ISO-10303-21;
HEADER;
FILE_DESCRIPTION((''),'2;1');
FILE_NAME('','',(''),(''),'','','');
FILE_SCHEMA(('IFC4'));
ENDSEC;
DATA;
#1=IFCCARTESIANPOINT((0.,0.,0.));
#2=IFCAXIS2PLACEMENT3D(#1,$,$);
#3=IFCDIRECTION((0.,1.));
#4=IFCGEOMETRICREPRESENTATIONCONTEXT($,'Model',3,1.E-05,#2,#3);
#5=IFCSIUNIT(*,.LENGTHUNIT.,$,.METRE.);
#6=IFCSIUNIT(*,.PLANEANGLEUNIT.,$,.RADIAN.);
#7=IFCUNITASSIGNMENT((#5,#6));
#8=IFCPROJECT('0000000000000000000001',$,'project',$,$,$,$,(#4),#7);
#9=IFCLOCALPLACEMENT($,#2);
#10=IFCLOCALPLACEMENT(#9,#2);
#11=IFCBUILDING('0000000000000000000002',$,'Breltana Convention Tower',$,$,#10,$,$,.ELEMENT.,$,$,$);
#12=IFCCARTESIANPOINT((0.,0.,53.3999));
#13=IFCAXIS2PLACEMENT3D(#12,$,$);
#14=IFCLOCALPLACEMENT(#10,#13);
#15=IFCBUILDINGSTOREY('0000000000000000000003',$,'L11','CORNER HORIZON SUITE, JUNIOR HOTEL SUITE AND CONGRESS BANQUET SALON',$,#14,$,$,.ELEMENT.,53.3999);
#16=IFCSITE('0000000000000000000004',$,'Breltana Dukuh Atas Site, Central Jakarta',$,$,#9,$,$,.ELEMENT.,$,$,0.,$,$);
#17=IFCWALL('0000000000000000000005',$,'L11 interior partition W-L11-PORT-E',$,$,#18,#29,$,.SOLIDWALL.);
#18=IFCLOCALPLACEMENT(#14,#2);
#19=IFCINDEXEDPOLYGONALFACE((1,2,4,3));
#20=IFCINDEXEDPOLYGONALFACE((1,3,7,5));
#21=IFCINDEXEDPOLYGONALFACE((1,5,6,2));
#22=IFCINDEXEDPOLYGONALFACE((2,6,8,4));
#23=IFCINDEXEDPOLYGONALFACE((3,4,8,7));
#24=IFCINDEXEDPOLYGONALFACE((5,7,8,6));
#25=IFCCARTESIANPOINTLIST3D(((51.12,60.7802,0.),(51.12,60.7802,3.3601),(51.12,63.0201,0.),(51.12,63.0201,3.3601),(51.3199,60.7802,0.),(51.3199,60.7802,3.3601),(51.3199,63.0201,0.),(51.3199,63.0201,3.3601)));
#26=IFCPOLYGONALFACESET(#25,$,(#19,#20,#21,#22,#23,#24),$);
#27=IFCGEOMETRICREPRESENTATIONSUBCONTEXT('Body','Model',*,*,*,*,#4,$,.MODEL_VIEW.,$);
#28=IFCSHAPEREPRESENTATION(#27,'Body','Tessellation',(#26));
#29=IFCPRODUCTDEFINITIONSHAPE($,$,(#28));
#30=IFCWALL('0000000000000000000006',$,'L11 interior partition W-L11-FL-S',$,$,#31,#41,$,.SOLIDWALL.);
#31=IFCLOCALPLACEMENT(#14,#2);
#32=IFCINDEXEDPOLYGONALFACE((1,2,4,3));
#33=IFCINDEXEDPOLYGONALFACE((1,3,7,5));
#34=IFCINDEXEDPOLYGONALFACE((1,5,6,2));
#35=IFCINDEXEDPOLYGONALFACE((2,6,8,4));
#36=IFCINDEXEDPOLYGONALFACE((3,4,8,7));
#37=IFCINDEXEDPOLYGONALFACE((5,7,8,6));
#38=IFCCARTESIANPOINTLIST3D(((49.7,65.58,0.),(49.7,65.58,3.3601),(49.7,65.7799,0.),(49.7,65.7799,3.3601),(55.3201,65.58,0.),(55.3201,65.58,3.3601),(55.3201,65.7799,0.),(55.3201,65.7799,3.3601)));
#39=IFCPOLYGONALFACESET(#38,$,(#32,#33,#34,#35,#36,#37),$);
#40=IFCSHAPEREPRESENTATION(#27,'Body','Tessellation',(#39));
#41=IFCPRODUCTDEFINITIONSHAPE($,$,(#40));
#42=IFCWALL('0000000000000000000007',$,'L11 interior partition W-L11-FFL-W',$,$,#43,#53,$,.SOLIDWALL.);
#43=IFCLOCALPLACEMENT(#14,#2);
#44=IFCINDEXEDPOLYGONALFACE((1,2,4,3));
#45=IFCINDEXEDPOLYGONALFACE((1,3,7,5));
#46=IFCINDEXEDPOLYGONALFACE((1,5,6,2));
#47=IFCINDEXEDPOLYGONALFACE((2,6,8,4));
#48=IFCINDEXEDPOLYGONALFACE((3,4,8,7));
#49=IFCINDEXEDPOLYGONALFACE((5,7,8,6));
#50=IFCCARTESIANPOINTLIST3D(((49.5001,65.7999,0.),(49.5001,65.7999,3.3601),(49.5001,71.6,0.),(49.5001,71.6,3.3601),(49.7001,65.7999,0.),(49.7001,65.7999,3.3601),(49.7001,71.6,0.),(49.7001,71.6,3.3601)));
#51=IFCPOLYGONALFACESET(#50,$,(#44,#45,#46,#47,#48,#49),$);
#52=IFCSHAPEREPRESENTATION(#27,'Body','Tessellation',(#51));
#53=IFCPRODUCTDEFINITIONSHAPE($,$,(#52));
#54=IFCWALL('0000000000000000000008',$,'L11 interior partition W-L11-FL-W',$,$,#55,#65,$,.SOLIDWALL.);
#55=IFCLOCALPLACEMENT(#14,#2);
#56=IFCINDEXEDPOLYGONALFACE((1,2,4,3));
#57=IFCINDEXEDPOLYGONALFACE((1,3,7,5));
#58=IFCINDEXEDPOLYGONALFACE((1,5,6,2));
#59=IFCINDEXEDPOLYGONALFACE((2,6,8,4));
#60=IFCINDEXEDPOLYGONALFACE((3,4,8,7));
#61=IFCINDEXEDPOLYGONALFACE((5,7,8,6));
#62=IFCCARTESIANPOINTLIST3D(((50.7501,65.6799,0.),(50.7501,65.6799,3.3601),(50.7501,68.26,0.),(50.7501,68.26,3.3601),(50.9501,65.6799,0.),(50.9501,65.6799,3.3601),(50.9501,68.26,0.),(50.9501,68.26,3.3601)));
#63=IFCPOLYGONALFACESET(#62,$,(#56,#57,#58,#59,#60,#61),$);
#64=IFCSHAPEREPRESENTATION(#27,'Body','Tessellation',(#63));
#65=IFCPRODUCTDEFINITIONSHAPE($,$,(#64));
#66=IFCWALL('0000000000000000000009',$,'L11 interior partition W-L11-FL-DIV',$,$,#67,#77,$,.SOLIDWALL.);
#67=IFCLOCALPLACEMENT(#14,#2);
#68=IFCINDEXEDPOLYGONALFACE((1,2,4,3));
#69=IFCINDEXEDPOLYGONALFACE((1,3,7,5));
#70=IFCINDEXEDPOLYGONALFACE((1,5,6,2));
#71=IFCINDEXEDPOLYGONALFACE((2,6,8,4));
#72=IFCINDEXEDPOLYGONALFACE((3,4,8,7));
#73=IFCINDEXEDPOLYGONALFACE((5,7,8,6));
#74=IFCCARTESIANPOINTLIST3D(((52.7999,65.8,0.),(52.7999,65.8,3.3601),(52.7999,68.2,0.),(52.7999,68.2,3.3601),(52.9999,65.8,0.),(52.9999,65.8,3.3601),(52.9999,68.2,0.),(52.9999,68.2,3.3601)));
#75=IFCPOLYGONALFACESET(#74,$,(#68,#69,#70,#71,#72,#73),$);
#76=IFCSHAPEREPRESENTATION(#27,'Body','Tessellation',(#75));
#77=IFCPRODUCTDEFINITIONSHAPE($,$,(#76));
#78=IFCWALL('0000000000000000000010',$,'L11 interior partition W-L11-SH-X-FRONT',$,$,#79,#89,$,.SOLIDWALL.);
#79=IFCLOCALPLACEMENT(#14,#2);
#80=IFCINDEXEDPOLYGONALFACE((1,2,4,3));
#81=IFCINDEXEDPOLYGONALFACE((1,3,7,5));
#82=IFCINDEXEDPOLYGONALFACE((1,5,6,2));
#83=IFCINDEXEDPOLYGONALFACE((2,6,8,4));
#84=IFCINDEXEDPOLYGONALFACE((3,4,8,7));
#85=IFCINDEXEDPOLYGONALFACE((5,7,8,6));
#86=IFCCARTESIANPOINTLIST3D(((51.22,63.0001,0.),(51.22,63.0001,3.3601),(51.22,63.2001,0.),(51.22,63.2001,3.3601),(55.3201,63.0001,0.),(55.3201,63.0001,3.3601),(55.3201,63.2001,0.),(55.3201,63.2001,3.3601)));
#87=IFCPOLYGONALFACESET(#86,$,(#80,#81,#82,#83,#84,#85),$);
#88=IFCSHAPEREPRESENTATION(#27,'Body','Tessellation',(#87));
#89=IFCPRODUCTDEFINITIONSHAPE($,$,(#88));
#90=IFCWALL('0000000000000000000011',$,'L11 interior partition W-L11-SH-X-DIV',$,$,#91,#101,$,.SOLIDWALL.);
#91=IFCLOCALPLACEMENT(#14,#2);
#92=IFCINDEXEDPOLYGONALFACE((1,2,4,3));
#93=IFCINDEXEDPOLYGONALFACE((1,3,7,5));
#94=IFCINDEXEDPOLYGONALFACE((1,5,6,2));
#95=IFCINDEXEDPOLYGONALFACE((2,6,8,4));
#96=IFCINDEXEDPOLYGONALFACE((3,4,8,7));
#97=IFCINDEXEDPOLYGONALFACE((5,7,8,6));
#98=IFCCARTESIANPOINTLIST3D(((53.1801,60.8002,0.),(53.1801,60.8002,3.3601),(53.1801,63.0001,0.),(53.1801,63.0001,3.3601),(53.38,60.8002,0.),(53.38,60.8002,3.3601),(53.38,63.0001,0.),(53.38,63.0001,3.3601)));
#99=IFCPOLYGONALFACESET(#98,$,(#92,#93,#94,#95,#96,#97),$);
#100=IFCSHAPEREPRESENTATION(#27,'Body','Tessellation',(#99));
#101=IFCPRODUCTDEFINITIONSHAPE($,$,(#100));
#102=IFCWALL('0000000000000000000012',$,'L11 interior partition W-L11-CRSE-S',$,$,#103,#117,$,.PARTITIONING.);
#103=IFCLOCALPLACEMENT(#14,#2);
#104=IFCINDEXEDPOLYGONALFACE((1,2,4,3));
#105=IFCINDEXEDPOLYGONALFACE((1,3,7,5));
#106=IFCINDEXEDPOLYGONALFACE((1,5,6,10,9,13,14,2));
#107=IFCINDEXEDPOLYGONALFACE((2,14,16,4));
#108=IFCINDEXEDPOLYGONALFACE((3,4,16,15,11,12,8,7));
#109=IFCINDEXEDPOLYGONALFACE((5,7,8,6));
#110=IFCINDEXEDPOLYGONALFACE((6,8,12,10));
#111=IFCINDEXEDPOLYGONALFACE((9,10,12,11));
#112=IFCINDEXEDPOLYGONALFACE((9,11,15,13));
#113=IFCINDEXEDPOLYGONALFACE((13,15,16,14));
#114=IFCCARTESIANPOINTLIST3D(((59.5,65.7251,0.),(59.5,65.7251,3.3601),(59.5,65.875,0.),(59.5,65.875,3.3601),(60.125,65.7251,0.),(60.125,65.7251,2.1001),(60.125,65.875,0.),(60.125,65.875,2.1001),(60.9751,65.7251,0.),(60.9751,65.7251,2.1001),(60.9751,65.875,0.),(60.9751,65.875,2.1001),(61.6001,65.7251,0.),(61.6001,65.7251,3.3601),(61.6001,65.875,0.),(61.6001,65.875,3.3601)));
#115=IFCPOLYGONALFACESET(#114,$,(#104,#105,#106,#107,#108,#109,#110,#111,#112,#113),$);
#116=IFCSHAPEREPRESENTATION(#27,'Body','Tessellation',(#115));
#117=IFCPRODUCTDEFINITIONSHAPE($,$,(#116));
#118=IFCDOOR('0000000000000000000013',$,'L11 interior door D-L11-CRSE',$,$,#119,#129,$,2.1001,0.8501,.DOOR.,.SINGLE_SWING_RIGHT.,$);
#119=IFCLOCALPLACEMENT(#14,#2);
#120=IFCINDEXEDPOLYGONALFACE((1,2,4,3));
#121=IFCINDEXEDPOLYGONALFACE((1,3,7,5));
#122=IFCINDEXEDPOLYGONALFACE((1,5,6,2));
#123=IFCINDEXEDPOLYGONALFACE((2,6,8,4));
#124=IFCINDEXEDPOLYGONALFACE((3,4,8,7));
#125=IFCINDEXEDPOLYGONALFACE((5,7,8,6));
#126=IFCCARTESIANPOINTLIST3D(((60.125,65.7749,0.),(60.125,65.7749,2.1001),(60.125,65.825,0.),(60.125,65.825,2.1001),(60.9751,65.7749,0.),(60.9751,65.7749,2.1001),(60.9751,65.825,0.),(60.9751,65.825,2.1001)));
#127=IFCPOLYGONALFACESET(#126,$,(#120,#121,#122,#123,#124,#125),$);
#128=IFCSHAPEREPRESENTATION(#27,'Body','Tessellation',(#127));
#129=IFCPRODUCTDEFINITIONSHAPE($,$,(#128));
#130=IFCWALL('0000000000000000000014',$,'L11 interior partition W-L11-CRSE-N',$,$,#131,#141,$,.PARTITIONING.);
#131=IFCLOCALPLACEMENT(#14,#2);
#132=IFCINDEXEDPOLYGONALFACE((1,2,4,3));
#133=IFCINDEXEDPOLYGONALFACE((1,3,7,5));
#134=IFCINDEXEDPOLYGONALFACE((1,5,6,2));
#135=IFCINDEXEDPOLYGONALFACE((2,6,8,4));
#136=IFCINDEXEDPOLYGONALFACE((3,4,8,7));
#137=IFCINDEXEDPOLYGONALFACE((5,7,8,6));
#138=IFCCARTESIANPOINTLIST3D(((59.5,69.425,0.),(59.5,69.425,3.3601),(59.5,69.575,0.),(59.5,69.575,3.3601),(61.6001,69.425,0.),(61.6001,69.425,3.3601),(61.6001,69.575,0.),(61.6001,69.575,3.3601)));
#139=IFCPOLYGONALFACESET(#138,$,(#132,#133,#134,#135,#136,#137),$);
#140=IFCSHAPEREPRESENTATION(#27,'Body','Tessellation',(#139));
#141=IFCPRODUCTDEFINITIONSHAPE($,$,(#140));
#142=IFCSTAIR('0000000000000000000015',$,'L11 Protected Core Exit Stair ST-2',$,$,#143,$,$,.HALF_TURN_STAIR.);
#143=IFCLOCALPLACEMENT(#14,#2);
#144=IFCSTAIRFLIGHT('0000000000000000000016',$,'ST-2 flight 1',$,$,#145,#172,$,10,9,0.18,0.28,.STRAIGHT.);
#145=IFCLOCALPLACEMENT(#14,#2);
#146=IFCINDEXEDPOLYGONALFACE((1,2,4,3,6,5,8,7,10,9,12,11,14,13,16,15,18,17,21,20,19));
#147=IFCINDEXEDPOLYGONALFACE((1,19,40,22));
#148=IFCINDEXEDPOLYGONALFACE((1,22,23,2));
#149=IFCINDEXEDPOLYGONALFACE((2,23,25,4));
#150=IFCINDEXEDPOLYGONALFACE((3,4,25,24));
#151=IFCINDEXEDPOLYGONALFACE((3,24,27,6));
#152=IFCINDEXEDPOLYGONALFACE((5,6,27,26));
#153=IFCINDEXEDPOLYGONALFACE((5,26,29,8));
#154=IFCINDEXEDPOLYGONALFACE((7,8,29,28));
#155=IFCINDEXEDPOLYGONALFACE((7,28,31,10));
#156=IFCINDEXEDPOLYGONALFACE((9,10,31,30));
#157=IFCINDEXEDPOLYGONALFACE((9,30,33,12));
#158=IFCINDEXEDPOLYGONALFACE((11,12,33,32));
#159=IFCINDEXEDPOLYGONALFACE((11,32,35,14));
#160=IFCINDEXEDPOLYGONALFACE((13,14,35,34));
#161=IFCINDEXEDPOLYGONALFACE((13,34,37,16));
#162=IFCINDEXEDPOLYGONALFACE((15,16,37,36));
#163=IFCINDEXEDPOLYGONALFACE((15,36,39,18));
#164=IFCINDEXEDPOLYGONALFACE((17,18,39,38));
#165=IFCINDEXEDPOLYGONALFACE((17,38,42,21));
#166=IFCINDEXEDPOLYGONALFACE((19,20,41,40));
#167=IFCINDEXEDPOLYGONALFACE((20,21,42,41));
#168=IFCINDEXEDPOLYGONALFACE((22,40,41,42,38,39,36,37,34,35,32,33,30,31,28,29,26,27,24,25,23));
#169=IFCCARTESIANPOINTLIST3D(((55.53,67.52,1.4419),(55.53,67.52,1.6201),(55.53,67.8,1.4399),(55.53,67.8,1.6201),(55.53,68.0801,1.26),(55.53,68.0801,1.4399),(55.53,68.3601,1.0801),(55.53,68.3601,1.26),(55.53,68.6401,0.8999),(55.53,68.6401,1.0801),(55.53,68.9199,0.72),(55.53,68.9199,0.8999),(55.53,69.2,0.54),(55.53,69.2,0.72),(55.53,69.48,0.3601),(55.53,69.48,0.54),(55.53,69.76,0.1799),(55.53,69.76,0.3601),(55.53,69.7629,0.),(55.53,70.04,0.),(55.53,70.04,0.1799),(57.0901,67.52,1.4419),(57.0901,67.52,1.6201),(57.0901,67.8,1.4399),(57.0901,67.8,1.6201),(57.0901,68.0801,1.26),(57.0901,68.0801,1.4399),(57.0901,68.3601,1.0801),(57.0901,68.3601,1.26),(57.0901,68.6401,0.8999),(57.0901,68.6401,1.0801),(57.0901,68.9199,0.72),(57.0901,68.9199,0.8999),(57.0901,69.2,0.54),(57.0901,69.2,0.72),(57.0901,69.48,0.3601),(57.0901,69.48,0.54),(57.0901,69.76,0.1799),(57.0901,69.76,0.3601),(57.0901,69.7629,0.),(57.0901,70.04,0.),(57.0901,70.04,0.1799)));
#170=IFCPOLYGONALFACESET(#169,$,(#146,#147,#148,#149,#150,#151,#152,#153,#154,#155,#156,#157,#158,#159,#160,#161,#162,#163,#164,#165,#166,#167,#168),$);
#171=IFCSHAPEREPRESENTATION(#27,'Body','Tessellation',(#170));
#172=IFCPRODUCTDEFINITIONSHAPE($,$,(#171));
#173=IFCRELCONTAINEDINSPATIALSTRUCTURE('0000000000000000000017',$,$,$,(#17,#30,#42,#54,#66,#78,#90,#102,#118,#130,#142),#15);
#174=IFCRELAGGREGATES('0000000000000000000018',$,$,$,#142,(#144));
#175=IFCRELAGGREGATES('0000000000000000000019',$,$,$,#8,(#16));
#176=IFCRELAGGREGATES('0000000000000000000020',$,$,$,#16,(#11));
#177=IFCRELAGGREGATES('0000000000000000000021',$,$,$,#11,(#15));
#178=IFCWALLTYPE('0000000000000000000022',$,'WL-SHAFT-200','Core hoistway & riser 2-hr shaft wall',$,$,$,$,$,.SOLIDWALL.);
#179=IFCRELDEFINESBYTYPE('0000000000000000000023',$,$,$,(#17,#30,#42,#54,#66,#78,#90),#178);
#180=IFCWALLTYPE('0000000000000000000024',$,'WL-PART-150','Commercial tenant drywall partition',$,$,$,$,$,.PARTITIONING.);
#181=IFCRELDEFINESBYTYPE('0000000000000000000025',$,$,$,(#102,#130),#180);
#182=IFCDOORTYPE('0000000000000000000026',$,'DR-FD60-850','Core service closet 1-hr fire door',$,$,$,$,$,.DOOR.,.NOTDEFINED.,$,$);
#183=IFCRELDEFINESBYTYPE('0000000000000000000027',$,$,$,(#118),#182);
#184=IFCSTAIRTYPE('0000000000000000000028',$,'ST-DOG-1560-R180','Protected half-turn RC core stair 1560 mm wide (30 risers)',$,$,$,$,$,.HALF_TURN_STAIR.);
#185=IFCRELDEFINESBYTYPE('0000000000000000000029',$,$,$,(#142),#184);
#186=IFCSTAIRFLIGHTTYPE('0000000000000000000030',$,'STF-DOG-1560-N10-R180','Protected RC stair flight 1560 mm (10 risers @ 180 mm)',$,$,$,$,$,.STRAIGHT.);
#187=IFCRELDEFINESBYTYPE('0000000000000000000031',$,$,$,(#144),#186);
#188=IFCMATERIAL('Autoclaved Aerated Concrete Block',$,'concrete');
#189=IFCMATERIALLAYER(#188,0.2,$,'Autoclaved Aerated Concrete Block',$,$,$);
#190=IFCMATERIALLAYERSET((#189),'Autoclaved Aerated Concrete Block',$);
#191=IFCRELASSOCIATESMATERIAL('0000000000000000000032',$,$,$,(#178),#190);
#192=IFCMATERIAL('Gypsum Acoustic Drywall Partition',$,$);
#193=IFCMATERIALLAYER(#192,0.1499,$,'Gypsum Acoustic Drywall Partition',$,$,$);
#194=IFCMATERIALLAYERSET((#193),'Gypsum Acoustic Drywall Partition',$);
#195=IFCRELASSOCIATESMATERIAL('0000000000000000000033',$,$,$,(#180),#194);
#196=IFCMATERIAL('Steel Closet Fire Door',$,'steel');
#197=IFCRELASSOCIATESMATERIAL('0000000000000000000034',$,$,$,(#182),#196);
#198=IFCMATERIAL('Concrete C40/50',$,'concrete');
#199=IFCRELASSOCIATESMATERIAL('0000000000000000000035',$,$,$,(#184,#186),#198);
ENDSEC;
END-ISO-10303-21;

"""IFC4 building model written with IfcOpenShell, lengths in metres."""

from ifc_helpers import new_model, si_unit, direction, frame, frame_2d, origin, place, context, subcontext, project, spatial, polyline, rectangle, outline, extrude, source, transform, mapped, material, layer, layer_set, type_object, type_shapes, element, fill, aggregate, save


model = new_model("IFC4")

# Units and contexts
model_context = context("Model", 3, precision=1e-05, world=origin(), true_north=direction((0.0, 1.0)))
body_context = subcontext(model_context, "Body", "Model", "MODEL_VIEW")
ifc_project = project(units=[si_unit("LENGTHUNIT", "METRE"), si_unit("PLANEANGLEUNIT", "RADIAN")], contexts=[model_context])

# Site, building, storey
site_placement = place(None, origin())
site = spatial("IfcSite", under=ifc_project, at=site_placement, Name="Breltana Dukuh Atas Site, Central Jakarta", CompositionType="ELEMENT", RefElevation=0.0)
building_placement = place(site_placement, origin())
building = spatial("IfcBuilding", under=site, at=building_placement, Name="Breltana Convention Tower", CompositionType="ELEMENT")
storey_placement = place(building_placement, frame((0.0, 0.0, 53.3999)))
storey = spatial("IfcBuildingStorey", under=building, at=storey_placement, Name="L11", Description="CORNER HORIZON SUITE, JUNIOR HOTEL SUITE AND CONGRESS BANQUET SALON", CompositionType="ELEMENT", Elevation=53.3999)

# Wall
ifc_material_1 = material(Name="Autoclaved Aerated Concrete Block", Category="concrete")
ifc_layer_1 = layer(ifc_material_1, 0.2, Name="Autoclaved Aerated Concrete Block")
ifc_layer_set_1 = layer_set([ifc_layer_1], Name="Autoclaved Aerated Concrete Block")
wall_type_1 = type_object("IfcWallType", Name="WL-SHAFT-200", Description="Core hoistway & riser 2-hr shaft wall", PredefinedType="SOLIDWALL", material=ifc_layer_set_1)
shared_shape_1 = source(origin(), body_context, "Body", "SweptSolid", [
    extrude(rectangle(XDim=2.24, YDim=0.2, at=frame_2d((1.1201, 0.0))), origin(), (0.0, 0.0, 1.0), 3.3601),
])
for number, where, z_axis, x_axis, name in (
    (1, (51.22, 60.78, 0.0), (0.0, 0.0, 1.0), (0.0, 1.0, 0.0), "L11 interior partition W-L11-PORT-E"),
):
    element("IfcWall", number, at=place(storey_placement, frame(where, z_axis=z_axis, x_axis=x_axis)), inside=storey, type_object=wall_type_1, Name=name, PredefinedType="SOLIDWALL", context=body_context, shape_type="MappedRepresentation", body=[
        mapped(shared_shape_1, transform((0.0, 0.0, 0.0), scale=1.0)),
    ])

# Shared definitions
shared_shape_2 = source(origin(), body_context, "Body", "SweptSolid", [
    extrude(rectangle(XDim=5.6201, YDim=0.2, at=frame_2d((2.8101, 0.0))), origin(), (0.0, 0.0, 1.0), 3.3601),
])

# Walls
wall_1_placement = place(storey_placement, frame((49.7, 65.6799, 0.0), z_axis=(0.0, 0.0, 1.0), x_axis=(1.0, 0.0, 0.0)))
element("IfcWall", 2, at=wall_1_placement, inside=storey, type_object=wall_type_1, Name="L11 interior partition W-L11-FL-S", PredefinedType="SOLIDWALL", context=body_context, shape_type="MappedRepresentation", body=[
    mapped(shared_shape_2, transform((0.0, 0.0, 0.0), scale=1.0)),
])
shared_shape_3 = source(origin(), body_context, "Body", "SweptSolid", [
    extrude(rectangle(XDim=5.8, YDim=0.2, at=frame_2d((2.8999, 0.0))), origin(), (0.0, 0.0, 1.0), 3.3601),
])
wall_2_placement = place(storey_placement, frame((49.6001, 65.8, 0.0), z_axis=(0.0, 0.0, 1.0), x_axis=(0.0, 1.0, 0.0)))
element("IfcWall", 3, at=wall_2_placement, inside=storey, type_object=wall_type_1, Name="L11 interior partition W-L11-FFL-W", PredefinedType="SOLIDWALL", context=body_context, shape_type="MappedRepresentation", body=[
    mapped(shared_shape_3, transform((0.0, 0.0, 0.0), scale=1.0)),
])
shared_shape_4 = source(origin(), body_context, "Body", "SweptSolid", [
    extrude(rectangle(XDim=2.5801, YDim=0.2, at=frame_2d((1.29, 0.0))), origin(), (0.0, 0.0, 1.0), 3.3601),
])
wall_3_placement = place(storey_placement, frame((50.8501, 65.6799, 0.0), z_axis=(0.0, 0.0, 1.0), x_axis=(0.0, 1.0, 0.0)))
element("IfcWall", 4, at=wall_3_placement, inside=storey, type_object=wall_type_1, Name="L11 interior partition W-L11-FL-W", PredefinedType="SOLIDWALL", context=body_context, shape_type="MappedRepresentation", body=[
    mapped(shared_shape_4, transform((0.0, 0.0, 0.0), scale=1.0)),
])
shared_shape_5 = source(origin(), body_context, "Body", "SweptSolid", [
    extrude(rectangle(XDim=2.3999, YDim=0.2, at=frame_2d((1.2, 0.0))), origin(), (0.0, 0.0, 1.0), 3.3601),
])
wall_4_placement = place(storey_placement, frame((52.8999, 65.8, 0.0), z_axis=(0.0, 0.0, 1.0), x_axis=(0.0, 1.0, 0.0)))
element("IfcWall", 5, at=wall_4_placement, inside=storey, type_object=wall_type_1, Name="L11 interior partition W-L11-FL-DIV", PredefinedType="SOLIDWALL", context=body_context, shape_type="MappedRepresentation", body=[
    mapped(shared_shape_5, transform((0.0, 0.0, 0.0), scale=1.0)),
])
shared_shape_6 = source(origin(), body_context, "Body", "SweptSolid", [
    extrude(rectangle(XDim=4.1001, YDim=0.2, at=frame_2d((2.05, 0.0))), origin(), (0.0, 0.0, 1.0), 3.3601),
])
wall_5_placement = place(storey_placement, frame((51.22, 63.1001, 0.0), z_axis=(0.0, 0.0, 1.0), x_axis=(1.0, 0.0, 0.0)))
element("IfcWall", 6, at=wall_5_placement, inside=storey, type_object=wall_type_1, Name="L11 interior partition W-L11-SH-X-FRONT", PredefinedType="SOLIDWALL", context=body_context, shape_type="MappedRepresentation", body=[
    mapped(shared_shape_6, transform((0.0, 0.0, 0.0), scale=1.0)),
])
shared_shape_7 = source(origin(), body_context, "Body", "SweptSolid", [
    extrude(rectangle(XDim=2.2, YDim=0.2, at=frame_2d((1.1001, 0.0))), origin(), (0.0, 0.0, 1.0), 3.3601),
])
wall_6_placement = place(storey_placement, frame((53.28, 60.8, 0.0), z_axis=(0.0, 0.0, 1.0), x_axis=(0.0, 1.0, 0.0)))
element("IfcWall", 7, at=wall_6_placement, inside=storey, type_object=wall_type_1, Name="L11 interior partition W-L11-SH-X-DIV", PredefinedType="SOLIDWALL", context=body_context, shape_type="MappedRepresentation", body=[
    mapped(shared_shape_7, transform((0.0, 0.0, 0.0), scale=1.0)),
])

# Wall, opening, door
ifc_material_2 = material(Name="Gypsum Acoustic Drywall Partition")
ifc_layer_2 = layer(ifc_material_2, 0.1499, Name="Gypsum Acoustic Drywall Partition")
ifc_layer_set_2 = layer_set([ifc_layer_2], Name="Gypsum Acoustic Drywall Partition")
wall_type_2 = type_object("IfcWallType", Name="WL-PART-150", Description="Commercial tenant drywall partition", PredefinedType="PARTITIONING", material=ifc_layer_set_2)
shared_shape_8 = source(origin(), body_context, "Body", "SweptSolid", [
    extrude(rectangle(XDim=2.1001, YDim=0.1499, at=frame_2d((1.05, 0.0))), origin(), (0.0, 0.0, 1.0), 3.3601),
])
wall_7_placement = place(storey_placement, frame((59.5, 65.8, 0.0), z_axis=(0.0, 0.0, 1.0), x_axis=(1.0, 0.0, 0.0)))
wall_7 = element("IfcWall", 8, at=wall_7_placement, inside=storey, type_object=wall_type_2, Name="L11 interior partition W-L11-CRSE-S", PredefinedType="PARTITIONING", context=body_context, shape_type="MappedRepresentation", body=[
    mapped(shared_shape_8, transform((0.0, 0.0, 0.0), scale=1.0)),
])
opening_1_placement = place(wall_7_placement, frame((0.625, 0.0, 0.0)))
opening_1 = element("IfcOpeningElement", 9, at=opening_1_placement, cuts=wall_7, PredefinedType="OPENING", context=body_context, shape_type="SweptSolid", body=[
    extrude(rectangle(XDim=0.8501, YDim=2.1001, at=frame_2d((0.425, 1.05))), frame((0.0, 0.085, 0.0), z_axis=(0.0, -1.0, 0.0), x_axis=(1.0, 0.0, 0.0)), (0.0, 0.0, 1.0), 0.1699),
])
ifc_material_3 = material(Name="Steel Closet Fire Door", Category="steel")
door_type_1 = type_object("IfcDoorType", Name="DR-FD60-850", Description="Core service closet 1-hr fire door", OperationType="NOTDEFINED", PredefinedType="DOOR", material=ifc_material_3)
shared_shape_9 = source(origin(), body_context, "Body", "SweptSolid", [
    extrude(rectangle(XDim=0.8501, YDim=2.1001, at=frame_2d((0.425, 1.05))), frame((0.0, 0.0249, 0.0), z_axis=(0.0, -1.0, 0.0), x_axis=(1.0, 0.0, 0.0)), (0.0, 0.0, 1.0), 0.05),
])
type_shapes(door_type_1, [shared_shape_9])
door_1_placement = place(opening_1_placement, origin())
door_1 = element("IfcDoor", 10, at=door_1_placement, inside=storey, type_object=door_type_1, Name="L11 interior door D-L11-CRSE", OperationType="SINGLE_SWING_RIGHT", OverallHeight=2.1001, OverallWidth=0.8501, PredefinedType="DOOR", context=body_context, shape_type="MappedRepresentation", body=[
    mapped(shared_shape_9, transform((0.0, 0.0, 0.0), scale=1.0)),
])
fill(opening_1, door_1)

# Wall
wall_8_placement = place(storey_placement, frame((59.5, 69.5, 0.0), z_axis=(0.0, 0.0, 1.0), x_axis=(1.0, 0.0, 0.0)))
element("IfcWall", 11, at=wall_8_placement, inside=storey, type_object=wall_type_2, Name="L11 interior partition W-L11-CRSE-N", PredefinedType="PARTITIONING", context=body_context, shape_type="MappedRepresentation", body=[
    mapped(shared_shape_8, transform((0.0, 0.0, 0.0), scale=1.0)),
])

# Stair, stair flight
ifc_material_4 = material(Name="Concrete C40/50", Category="concrete")
stair_type = type_object("IfcStairType", Name="ST-DOG-1560-R180", Description="Protected half-turn RC core stair 1560 mm wide (30 risers)", PredefinedType="HALF_TURN_STAIR", material=ifc_material_4)
stair_placement = place(storey_placement, origin())
stair = element("IfcStair", 12, at=stair_placement, inside=storey, type_object=stair_type, Name="L11 Protected Core Exit Stair ST-2", PredefinedType="HALF_TURN_STAIR")
stair_flight_type = type_object("IfcStairFlightType", Name="STF-DOG-1560-N10-R180", Description="Protected RC stair flight 1560 mm (10 risers @ 180 mm)", PredefinedType="STRAIGHT", material=ifc_material_4)
stair_flight_1_placement = place(storey_placement, frame((56.3101, 70.04, 0.0), z_axis=(0.0, 0.0, 1.0), x_axis=(0.0, -1.0, 0.0)))
stair_flight_1 = element("IfcStairFlight", 13, at=stair_flight_1_placement, type_object=stair_flight_type, Name="ST-2 flight 1", NumberOfRisers=10, NumberOfTreads=9, PredefinedType="STRAIGHT", RiserHeight=0.18, TreadLength=0.28, context=body_context, shape_type="SweptSolid", body=[
    extrude(outline(polyline([(0.0, 0.0), (0.0, 0.1799), (0.28, 0.1799), (0.28, 0.3601), (0.5601, 0.3601), (0.5601, 0.54), (0.8401, 0.54), (0.8401, 0.72), (1.1201, 0.72), (1.1201, 0.8999), (1.3999, 0.8999), (1.3999, 1.0801), (1.6799, 1.0801), (1.6799, 1.26), (1.96, 1.26), (1.96, 1.4399), (2.24, 1.4399), (2.24, 1.6201), (2.52, 1.6201), (2.52, 1.8), (2.52, 1.4419), (0.2771, 0.0), (0.0, 0.0)])), frame((0.0, 0.78, 0.0), z_axis=(0.0, -1.0, 0.0), x_axis=(1.0, 0.0, 0.0)), (0.0, 0.0, 1.0), 1.5601),
])
aggregate(stair, [stair_flight_1])

save(model, "model.ifc")
